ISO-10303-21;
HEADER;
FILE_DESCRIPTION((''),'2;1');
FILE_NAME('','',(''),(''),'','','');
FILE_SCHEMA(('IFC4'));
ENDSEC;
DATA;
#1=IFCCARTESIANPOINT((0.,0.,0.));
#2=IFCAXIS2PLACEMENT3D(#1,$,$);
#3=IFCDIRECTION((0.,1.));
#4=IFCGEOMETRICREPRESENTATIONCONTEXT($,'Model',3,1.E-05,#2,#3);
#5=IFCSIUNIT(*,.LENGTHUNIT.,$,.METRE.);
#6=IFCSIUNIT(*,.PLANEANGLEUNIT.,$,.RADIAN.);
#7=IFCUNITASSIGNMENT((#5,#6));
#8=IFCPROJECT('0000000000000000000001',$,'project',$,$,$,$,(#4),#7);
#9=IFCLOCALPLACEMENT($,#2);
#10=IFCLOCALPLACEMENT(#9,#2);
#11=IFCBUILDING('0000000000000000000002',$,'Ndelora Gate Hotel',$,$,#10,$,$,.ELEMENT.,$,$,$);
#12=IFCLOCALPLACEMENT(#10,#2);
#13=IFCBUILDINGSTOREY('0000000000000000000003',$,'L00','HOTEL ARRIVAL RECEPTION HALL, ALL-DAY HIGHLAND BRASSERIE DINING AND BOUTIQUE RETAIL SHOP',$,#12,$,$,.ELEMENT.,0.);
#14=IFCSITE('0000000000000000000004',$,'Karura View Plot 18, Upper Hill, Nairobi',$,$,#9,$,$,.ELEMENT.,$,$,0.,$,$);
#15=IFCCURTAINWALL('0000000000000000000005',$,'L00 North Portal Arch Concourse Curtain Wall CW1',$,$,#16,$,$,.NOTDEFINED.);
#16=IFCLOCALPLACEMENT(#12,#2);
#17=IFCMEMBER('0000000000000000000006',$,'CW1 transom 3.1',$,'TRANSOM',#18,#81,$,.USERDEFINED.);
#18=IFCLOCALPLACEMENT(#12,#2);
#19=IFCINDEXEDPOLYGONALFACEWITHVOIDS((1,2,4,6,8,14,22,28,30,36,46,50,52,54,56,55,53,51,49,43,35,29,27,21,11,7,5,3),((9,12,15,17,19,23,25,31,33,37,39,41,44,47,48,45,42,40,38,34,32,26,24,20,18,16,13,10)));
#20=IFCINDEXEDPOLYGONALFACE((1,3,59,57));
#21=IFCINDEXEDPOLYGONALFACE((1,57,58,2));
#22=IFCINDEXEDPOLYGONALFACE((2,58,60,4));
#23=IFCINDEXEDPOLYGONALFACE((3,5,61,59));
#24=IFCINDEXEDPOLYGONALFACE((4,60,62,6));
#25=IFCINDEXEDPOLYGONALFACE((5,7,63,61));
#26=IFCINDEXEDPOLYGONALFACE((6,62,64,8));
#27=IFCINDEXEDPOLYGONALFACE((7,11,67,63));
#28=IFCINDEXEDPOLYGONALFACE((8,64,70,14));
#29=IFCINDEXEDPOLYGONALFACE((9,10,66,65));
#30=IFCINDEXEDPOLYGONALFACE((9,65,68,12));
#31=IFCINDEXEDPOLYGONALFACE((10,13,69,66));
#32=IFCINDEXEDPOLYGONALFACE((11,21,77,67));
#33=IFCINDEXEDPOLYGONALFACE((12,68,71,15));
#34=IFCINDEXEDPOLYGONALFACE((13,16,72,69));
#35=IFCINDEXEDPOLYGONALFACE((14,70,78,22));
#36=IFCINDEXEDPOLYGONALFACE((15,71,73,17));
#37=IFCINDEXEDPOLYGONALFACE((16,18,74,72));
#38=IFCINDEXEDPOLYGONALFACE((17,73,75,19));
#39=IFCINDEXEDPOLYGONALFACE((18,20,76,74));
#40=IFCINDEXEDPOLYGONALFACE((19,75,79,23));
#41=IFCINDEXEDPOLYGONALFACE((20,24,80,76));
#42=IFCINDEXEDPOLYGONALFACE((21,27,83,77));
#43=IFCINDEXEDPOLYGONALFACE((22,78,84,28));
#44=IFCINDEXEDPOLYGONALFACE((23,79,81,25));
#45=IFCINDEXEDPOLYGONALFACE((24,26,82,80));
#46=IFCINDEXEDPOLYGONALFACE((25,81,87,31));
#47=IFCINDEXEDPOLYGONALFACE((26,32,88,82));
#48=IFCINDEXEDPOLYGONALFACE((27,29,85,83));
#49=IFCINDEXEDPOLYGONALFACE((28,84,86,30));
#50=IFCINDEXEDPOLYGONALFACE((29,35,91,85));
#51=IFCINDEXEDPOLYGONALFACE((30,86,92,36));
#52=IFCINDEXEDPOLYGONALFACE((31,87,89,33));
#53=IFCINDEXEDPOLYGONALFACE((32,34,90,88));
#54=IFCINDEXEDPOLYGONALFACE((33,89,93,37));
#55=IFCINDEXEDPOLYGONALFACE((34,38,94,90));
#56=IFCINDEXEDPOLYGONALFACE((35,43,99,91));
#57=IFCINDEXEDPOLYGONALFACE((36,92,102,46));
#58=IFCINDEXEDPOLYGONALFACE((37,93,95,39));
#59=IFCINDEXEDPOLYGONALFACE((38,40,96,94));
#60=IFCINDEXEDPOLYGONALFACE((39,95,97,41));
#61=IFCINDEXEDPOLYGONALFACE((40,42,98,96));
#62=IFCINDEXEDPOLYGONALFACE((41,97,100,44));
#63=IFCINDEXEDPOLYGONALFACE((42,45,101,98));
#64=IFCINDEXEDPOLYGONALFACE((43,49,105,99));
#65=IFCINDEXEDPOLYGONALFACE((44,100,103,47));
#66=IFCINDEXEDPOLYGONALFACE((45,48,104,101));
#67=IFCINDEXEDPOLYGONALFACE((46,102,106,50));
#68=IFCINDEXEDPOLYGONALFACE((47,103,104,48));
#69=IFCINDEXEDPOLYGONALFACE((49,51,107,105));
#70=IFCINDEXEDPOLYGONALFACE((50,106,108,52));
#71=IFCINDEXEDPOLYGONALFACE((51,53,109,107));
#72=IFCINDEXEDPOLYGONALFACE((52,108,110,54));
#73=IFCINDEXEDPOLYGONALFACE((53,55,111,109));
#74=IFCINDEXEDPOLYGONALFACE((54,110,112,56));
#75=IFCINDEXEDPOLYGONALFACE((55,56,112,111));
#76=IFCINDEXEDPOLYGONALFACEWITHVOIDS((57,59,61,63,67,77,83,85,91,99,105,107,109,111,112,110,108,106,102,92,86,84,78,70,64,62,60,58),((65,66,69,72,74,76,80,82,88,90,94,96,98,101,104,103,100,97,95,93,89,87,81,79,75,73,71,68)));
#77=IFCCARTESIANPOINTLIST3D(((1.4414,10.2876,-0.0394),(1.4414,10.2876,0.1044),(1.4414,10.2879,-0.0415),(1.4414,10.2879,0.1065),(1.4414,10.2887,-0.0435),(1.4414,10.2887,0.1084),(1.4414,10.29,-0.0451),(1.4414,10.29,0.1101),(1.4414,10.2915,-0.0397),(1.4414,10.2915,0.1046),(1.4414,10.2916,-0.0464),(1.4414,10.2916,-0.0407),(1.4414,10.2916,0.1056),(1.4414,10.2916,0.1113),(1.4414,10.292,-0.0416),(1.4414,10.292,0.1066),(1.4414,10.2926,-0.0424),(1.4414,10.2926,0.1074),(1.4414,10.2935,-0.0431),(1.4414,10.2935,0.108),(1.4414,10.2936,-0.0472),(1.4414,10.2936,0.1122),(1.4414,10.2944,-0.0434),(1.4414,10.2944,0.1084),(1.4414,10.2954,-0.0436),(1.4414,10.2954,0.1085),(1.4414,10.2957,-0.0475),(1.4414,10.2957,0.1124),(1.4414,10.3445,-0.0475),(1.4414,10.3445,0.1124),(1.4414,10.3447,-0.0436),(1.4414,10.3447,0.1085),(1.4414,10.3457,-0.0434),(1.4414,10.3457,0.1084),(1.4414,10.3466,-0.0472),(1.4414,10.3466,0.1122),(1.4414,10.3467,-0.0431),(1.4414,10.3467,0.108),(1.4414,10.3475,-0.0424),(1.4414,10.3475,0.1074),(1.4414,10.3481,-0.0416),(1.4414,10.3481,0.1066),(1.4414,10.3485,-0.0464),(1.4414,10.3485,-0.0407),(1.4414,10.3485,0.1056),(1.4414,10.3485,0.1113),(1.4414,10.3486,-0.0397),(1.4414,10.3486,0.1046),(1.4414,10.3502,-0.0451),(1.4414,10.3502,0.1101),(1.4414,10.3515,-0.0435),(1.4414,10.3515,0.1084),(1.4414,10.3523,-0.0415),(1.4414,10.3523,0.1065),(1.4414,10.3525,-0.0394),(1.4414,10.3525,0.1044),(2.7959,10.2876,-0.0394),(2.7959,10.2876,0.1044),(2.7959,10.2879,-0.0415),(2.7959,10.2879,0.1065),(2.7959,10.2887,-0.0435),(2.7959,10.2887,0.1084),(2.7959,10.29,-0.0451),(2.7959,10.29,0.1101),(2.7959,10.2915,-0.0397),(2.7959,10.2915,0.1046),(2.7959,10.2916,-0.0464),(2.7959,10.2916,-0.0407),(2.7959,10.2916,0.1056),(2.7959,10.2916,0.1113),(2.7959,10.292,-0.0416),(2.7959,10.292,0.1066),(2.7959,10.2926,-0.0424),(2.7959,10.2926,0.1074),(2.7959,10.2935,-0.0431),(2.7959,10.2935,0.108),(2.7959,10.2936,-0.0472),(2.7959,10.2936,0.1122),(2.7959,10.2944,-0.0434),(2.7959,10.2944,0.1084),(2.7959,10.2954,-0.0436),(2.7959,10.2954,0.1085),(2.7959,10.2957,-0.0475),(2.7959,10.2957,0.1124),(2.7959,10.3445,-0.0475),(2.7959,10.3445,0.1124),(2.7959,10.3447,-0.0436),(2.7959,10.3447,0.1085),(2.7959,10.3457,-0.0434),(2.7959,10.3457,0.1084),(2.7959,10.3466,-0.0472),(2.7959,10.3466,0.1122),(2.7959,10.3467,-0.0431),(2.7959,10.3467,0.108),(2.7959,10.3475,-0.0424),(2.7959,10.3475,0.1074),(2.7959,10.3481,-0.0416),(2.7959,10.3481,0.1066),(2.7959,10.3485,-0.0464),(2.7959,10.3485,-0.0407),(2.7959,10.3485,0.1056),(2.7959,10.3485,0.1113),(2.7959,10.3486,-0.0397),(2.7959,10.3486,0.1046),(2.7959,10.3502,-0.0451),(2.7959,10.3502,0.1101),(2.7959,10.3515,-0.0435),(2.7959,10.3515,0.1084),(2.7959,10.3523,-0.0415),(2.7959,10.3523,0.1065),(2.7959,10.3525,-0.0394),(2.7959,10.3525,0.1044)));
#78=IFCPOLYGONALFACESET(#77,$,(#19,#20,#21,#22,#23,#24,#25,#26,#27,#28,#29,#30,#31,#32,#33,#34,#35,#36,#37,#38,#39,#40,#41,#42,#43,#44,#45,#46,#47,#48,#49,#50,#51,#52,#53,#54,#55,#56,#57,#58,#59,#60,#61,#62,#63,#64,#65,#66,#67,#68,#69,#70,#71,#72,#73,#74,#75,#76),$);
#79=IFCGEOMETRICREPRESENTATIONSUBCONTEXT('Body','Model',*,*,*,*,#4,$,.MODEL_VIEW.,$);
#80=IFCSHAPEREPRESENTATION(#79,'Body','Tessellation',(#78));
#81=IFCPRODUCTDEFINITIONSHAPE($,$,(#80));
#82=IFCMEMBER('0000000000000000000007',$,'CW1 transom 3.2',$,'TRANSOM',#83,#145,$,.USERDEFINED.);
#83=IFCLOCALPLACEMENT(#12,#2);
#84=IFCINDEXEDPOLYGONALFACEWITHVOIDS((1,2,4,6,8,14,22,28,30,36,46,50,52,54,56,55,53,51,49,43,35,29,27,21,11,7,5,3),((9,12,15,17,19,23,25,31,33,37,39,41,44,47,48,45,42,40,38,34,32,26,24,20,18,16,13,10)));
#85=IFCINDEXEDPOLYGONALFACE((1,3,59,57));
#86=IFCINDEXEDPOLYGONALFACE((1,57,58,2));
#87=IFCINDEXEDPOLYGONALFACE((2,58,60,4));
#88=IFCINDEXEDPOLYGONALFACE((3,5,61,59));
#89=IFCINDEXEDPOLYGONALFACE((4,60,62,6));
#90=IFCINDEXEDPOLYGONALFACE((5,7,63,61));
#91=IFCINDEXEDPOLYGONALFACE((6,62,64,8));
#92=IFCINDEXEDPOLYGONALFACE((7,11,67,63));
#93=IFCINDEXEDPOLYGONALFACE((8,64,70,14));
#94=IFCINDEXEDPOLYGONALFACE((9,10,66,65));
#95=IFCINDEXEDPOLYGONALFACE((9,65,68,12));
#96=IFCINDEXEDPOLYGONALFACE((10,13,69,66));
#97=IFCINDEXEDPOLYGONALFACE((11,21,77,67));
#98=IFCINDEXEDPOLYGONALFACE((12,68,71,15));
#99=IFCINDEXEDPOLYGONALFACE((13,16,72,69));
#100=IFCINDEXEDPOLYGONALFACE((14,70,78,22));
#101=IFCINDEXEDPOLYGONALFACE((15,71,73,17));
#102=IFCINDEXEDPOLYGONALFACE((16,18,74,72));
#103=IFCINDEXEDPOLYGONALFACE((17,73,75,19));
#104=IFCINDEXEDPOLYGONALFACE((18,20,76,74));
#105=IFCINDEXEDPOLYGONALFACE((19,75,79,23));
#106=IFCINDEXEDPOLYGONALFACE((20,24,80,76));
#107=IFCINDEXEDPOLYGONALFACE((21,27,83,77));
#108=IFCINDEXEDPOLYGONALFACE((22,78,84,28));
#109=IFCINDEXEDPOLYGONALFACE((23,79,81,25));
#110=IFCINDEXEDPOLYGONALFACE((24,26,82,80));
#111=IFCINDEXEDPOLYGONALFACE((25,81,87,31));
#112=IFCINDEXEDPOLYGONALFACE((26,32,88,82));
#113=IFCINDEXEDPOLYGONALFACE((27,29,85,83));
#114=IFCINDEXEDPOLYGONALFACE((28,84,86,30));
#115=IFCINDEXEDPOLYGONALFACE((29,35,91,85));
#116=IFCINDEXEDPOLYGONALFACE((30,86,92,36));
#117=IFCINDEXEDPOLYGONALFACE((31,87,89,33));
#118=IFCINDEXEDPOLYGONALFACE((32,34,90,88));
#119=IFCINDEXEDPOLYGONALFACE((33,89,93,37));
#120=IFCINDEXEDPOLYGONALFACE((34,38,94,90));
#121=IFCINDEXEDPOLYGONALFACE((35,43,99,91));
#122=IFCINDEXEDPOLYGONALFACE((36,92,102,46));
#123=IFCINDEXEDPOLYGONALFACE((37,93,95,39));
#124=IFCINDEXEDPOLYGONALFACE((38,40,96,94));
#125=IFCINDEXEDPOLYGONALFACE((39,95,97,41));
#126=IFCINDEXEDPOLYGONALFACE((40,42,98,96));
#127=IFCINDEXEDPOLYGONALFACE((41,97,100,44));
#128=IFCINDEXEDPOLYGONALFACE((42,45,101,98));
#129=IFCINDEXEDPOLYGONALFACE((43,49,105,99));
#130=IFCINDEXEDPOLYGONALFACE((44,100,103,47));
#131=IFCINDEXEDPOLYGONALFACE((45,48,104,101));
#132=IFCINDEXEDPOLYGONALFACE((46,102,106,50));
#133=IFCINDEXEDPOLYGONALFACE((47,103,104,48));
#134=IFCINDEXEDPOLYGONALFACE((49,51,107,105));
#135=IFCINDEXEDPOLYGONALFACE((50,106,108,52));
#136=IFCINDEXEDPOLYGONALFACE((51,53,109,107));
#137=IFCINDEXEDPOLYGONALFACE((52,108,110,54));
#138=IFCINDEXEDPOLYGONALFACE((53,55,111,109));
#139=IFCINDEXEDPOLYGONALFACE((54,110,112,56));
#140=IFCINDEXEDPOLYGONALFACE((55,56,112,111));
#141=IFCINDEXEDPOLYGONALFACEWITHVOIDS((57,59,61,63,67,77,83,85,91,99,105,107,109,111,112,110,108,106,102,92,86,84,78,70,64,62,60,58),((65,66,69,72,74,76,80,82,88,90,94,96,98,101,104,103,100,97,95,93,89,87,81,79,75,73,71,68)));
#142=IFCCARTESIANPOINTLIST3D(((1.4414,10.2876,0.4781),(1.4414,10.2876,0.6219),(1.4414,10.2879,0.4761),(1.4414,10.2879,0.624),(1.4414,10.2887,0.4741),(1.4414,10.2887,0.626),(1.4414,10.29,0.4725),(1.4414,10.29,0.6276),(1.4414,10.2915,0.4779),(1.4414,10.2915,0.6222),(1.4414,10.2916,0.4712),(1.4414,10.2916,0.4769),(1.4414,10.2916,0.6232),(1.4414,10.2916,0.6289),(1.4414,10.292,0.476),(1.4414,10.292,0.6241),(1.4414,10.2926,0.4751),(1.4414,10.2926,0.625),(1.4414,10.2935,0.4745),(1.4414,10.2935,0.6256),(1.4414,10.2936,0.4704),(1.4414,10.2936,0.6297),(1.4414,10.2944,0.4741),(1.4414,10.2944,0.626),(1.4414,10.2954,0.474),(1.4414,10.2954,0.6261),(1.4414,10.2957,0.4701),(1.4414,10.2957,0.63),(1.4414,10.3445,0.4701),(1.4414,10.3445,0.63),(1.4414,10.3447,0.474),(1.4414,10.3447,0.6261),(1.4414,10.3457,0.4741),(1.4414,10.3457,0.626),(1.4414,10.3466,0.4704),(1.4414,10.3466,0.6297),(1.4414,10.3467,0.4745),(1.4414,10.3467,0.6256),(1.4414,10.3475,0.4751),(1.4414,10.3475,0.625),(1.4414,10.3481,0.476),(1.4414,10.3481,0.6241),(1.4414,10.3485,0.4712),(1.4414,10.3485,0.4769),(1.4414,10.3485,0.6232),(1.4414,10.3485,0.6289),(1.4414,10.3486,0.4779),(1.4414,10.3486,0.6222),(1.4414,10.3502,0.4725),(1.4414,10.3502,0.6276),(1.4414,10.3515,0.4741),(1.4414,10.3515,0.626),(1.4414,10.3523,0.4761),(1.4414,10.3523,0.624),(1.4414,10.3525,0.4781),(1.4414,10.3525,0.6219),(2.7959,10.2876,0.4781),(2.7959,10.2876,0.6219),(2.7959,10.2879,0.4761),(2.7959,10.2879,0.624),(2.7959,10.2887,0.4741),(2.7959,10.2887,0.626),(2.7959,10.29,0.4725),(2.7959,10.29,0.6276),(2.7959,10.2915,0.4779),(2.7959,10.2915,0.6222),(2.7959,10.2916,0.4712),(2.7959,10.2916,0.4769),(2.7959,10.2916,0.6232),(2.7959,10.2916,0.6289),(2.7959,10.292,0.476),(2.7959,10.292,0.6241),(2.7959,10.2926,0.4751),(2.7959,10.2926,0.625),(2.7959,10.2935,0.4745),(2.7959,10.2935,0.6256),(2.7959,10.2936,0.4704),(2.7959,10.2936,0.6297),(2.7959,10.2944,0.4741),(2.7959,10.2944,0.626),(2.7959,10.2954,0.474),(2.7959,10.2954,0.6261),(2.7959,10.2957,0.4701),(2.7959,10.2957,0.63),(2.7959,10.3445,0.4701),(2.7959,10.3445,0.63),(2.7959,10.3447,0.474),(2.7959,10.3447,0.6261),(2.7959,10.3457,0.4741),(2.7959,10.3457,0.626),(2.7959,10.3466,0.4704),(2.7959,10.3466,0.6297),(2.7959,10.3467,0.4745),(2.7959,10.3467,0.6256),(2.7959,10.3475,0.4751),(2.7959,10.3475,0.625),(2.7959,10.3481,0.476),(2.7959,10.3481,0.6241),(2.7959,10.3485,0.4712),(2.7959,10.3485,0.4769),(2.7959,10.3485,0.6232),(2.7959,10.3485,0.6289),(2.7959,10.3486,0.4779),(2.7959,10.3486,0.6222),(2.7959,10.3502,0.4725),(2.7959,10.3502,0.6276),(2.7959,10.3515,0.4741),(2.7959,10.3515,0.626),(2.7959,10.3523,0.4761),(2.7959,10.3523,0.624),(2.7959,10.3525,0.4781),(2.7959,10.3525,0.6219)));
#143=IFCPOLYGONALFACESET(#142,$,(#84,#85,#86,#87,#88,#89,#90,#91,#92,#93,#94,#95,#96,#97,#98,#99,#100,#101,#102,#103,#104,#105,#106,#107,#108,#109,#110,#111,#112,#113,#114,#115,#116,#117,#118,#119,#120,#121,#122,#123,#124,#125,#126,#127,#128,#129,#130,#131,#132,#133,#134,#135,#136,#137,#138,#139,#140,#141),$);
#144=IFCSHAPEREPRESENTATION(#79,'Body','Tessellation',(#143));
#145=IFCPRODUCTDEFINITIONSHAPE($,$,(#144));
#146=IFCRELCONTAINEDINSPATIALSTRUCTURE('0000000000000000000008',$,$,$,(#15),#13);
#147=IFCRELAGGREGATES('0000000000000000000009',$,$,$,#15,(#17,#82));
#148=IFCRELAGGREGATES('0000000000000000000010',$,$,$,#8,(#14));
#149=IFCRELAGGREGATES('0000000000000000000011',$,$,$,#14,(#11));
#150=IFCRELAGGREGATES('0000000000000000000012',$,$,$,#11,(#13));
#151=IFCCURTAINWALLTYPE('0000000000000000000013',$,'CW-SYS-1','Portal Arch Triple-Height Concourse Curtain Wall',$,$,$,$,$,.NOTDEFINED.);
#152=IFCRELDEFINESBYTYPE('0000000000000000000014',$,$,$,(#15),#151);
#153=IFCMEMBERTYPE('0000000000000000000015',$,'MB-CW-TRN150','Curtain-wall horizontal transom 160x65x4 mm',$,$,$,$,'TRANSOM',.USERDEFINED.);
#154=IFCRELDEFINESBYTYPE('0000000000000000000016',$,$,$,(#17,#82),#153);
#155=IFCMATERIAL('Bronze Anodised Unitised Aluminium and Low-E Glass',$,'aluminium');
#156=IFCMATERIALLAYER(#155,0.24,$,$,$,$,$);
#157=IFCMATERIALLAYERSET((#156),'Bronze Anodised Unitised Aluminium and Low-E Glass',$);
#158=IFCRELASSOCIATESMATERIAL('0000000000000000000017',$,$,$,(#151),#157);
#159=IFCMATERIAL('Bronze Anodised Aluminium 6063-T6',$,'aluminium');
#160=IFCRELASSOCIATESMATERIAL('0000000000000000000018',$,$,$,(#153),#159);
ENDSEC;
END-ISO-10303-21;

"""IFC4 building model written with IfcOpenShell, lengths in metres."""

from ifc_helpers import new_model, si_unit, direction, frame, origin, origin_2d, place, context, subcontext, project, spatial, hollow_rectangle, extrude, material, layer, layer_set, material_profile, profile_set, type_object, element, aggregate, save


model = new_model("IFC4")

# Units and contexts
model_context = context("Model", 3, precision=1e-05, world=origin(), true_north=direction((0.0, 1.0)))
body_context = subcontext(model_context, "Body", "Model", "MODEL_VIEW")
ifc_project = project(units=[si_unit("LENGTHUNIT", "METRE"), si_unit("PLANEANGLEUNIT", "RADIAN")], contexts=[model_context])

# Site, building, storey
site_placement = place(None, origin())
site = spatial("IfcSite", under=ifc_project, at=site_placement, Name="Karura View Plot 18, Upper Hill, Nairobi", CompositionType="ELEMENT", RefElevation=0.0)
building_placement = place(site_placement, origin())
building = spatial("IfcBuilding", under=site, at=building_placement, Name="Ndelora Gate Hotel", CompositionType="ELEMENT")
storey_placement = place(building_placement, origin())
storey = spatial("IfcBuildingStorey", under=building, at=storey_placement, Name="L00", Description="HOTEL ARRIVAL RECEPTION HALL, ALL-DAY HIGHLAND BRASSERIE DINING AND BOUTIQUE RETAIL SHOP", CompositionType="ELEMENT", Elevation=0.0)

# Curtain wall, members
ifc_material_1 = material(Name="Bronze Anodised Unitised Aluminium and Low-E Glass", Category="aluminium")
ifc_layer_1 = layer(ifc_material_1, 0.24)
ifc_layer_set_1 = layer_set([ifc_layer_1], Name="Bronze Anodised Unitised Aluminium and Low-E Glass")
curtain_wall_type = type_object("IfcCurtainWallType", Name="CW-SYS-1", Description="Portal Arch Triple-Height Concourse Curtain Wall", PredefinedType="NOTDEFINED", material=ifc_layer_set_1)
curtain_wall_placement = place(storey_placement, origin())
curtain_wall = element("IfcCurtainWall", 1, at=curtain_wall_placement, inside=storey, type_object=curtain_wall_type, Name="L00 North Portal Arch Concourse Curtain Wall CW1", PredefinedType="NOTDEFINED")
ifc_material_2 = material(Name="Bronze Anodised Aluminium 6063-T6", Category="aluminium")
ifc_material_profile_1 = material_profile(ifc_material_2, hollow_rectangle(XDim=0.0649, YDim=0.1599, WallThickness=0.0039, InnerFilletRadius=0.0039, OuterFilletRadius=0.0081, at=origin_2d()), Name="ALU 160x65x4")
ifc_profile_set_1 = profile_set([ifc_material_profile_1], Name="Bronze Anodised Aluminium 6063-T6")
member_type_1 = type_object("IfcMemberType", Name="MB-CW-TRN150", Description="Curtain-wall horizontal transom 160x65x4 mm", ElementType="TRANSOM", PredefinedType="USERDEFINED", material=ifc_profile_set_1)
member_1_placement = place(storey_placement, frame((2.7959, 10.3201, 0.0325), z_axis=(-1.0, 0.0, 0.0), x_axis=(0.0, -1.0, 0.0)))
member_1 = element("IfcMember", 2, at=member_1_placement, type_object=member_type_1, Name="CW1 transom 3.1", ObjectType="TRANSOM", PredefinedType="USERDEFINED", context=body_context, shape_type="SweptSolid", body=[
    extrude(hollow_rectangle(XDim=0.0649, YDim=0.1599, WallThickness=0.0039, InnerFilletRadius=0.0039, OuterFilletRadius=0.0081, at=origin_2d()), origin(), (0.0, 0.0, 1.0), 1.3545),
])
member_2_placement = place(storey_placement, frame((2.7959, 10.3201, 0.55), z_axis=(-1.0, 0.0, 0.0), x_axis=(0.0, -1.0, 0.0)))
member_2 = element("IfcMember", 3, at=member_2_placement, type_object=member_type_1, Name="CW1 transom 3.2", ObjectType="TRANSOM", PredefinedType="USERDEFINED", context=body_context, shape_type="SweptSolid", body=[
    extrude(hollow_rectangle(XDim=0.0649, YDim=0.1599, WallThickness=0.0039, InnerFilletRadius=0.0039, OuterFilletRadius=0.0081, at=origin_2d()), origin(), (0.0, 0.0, 1.0), 1.3545),
])
aggregate(curtain_wall, [member_1, member_2])

save(model, "model.ifc")
